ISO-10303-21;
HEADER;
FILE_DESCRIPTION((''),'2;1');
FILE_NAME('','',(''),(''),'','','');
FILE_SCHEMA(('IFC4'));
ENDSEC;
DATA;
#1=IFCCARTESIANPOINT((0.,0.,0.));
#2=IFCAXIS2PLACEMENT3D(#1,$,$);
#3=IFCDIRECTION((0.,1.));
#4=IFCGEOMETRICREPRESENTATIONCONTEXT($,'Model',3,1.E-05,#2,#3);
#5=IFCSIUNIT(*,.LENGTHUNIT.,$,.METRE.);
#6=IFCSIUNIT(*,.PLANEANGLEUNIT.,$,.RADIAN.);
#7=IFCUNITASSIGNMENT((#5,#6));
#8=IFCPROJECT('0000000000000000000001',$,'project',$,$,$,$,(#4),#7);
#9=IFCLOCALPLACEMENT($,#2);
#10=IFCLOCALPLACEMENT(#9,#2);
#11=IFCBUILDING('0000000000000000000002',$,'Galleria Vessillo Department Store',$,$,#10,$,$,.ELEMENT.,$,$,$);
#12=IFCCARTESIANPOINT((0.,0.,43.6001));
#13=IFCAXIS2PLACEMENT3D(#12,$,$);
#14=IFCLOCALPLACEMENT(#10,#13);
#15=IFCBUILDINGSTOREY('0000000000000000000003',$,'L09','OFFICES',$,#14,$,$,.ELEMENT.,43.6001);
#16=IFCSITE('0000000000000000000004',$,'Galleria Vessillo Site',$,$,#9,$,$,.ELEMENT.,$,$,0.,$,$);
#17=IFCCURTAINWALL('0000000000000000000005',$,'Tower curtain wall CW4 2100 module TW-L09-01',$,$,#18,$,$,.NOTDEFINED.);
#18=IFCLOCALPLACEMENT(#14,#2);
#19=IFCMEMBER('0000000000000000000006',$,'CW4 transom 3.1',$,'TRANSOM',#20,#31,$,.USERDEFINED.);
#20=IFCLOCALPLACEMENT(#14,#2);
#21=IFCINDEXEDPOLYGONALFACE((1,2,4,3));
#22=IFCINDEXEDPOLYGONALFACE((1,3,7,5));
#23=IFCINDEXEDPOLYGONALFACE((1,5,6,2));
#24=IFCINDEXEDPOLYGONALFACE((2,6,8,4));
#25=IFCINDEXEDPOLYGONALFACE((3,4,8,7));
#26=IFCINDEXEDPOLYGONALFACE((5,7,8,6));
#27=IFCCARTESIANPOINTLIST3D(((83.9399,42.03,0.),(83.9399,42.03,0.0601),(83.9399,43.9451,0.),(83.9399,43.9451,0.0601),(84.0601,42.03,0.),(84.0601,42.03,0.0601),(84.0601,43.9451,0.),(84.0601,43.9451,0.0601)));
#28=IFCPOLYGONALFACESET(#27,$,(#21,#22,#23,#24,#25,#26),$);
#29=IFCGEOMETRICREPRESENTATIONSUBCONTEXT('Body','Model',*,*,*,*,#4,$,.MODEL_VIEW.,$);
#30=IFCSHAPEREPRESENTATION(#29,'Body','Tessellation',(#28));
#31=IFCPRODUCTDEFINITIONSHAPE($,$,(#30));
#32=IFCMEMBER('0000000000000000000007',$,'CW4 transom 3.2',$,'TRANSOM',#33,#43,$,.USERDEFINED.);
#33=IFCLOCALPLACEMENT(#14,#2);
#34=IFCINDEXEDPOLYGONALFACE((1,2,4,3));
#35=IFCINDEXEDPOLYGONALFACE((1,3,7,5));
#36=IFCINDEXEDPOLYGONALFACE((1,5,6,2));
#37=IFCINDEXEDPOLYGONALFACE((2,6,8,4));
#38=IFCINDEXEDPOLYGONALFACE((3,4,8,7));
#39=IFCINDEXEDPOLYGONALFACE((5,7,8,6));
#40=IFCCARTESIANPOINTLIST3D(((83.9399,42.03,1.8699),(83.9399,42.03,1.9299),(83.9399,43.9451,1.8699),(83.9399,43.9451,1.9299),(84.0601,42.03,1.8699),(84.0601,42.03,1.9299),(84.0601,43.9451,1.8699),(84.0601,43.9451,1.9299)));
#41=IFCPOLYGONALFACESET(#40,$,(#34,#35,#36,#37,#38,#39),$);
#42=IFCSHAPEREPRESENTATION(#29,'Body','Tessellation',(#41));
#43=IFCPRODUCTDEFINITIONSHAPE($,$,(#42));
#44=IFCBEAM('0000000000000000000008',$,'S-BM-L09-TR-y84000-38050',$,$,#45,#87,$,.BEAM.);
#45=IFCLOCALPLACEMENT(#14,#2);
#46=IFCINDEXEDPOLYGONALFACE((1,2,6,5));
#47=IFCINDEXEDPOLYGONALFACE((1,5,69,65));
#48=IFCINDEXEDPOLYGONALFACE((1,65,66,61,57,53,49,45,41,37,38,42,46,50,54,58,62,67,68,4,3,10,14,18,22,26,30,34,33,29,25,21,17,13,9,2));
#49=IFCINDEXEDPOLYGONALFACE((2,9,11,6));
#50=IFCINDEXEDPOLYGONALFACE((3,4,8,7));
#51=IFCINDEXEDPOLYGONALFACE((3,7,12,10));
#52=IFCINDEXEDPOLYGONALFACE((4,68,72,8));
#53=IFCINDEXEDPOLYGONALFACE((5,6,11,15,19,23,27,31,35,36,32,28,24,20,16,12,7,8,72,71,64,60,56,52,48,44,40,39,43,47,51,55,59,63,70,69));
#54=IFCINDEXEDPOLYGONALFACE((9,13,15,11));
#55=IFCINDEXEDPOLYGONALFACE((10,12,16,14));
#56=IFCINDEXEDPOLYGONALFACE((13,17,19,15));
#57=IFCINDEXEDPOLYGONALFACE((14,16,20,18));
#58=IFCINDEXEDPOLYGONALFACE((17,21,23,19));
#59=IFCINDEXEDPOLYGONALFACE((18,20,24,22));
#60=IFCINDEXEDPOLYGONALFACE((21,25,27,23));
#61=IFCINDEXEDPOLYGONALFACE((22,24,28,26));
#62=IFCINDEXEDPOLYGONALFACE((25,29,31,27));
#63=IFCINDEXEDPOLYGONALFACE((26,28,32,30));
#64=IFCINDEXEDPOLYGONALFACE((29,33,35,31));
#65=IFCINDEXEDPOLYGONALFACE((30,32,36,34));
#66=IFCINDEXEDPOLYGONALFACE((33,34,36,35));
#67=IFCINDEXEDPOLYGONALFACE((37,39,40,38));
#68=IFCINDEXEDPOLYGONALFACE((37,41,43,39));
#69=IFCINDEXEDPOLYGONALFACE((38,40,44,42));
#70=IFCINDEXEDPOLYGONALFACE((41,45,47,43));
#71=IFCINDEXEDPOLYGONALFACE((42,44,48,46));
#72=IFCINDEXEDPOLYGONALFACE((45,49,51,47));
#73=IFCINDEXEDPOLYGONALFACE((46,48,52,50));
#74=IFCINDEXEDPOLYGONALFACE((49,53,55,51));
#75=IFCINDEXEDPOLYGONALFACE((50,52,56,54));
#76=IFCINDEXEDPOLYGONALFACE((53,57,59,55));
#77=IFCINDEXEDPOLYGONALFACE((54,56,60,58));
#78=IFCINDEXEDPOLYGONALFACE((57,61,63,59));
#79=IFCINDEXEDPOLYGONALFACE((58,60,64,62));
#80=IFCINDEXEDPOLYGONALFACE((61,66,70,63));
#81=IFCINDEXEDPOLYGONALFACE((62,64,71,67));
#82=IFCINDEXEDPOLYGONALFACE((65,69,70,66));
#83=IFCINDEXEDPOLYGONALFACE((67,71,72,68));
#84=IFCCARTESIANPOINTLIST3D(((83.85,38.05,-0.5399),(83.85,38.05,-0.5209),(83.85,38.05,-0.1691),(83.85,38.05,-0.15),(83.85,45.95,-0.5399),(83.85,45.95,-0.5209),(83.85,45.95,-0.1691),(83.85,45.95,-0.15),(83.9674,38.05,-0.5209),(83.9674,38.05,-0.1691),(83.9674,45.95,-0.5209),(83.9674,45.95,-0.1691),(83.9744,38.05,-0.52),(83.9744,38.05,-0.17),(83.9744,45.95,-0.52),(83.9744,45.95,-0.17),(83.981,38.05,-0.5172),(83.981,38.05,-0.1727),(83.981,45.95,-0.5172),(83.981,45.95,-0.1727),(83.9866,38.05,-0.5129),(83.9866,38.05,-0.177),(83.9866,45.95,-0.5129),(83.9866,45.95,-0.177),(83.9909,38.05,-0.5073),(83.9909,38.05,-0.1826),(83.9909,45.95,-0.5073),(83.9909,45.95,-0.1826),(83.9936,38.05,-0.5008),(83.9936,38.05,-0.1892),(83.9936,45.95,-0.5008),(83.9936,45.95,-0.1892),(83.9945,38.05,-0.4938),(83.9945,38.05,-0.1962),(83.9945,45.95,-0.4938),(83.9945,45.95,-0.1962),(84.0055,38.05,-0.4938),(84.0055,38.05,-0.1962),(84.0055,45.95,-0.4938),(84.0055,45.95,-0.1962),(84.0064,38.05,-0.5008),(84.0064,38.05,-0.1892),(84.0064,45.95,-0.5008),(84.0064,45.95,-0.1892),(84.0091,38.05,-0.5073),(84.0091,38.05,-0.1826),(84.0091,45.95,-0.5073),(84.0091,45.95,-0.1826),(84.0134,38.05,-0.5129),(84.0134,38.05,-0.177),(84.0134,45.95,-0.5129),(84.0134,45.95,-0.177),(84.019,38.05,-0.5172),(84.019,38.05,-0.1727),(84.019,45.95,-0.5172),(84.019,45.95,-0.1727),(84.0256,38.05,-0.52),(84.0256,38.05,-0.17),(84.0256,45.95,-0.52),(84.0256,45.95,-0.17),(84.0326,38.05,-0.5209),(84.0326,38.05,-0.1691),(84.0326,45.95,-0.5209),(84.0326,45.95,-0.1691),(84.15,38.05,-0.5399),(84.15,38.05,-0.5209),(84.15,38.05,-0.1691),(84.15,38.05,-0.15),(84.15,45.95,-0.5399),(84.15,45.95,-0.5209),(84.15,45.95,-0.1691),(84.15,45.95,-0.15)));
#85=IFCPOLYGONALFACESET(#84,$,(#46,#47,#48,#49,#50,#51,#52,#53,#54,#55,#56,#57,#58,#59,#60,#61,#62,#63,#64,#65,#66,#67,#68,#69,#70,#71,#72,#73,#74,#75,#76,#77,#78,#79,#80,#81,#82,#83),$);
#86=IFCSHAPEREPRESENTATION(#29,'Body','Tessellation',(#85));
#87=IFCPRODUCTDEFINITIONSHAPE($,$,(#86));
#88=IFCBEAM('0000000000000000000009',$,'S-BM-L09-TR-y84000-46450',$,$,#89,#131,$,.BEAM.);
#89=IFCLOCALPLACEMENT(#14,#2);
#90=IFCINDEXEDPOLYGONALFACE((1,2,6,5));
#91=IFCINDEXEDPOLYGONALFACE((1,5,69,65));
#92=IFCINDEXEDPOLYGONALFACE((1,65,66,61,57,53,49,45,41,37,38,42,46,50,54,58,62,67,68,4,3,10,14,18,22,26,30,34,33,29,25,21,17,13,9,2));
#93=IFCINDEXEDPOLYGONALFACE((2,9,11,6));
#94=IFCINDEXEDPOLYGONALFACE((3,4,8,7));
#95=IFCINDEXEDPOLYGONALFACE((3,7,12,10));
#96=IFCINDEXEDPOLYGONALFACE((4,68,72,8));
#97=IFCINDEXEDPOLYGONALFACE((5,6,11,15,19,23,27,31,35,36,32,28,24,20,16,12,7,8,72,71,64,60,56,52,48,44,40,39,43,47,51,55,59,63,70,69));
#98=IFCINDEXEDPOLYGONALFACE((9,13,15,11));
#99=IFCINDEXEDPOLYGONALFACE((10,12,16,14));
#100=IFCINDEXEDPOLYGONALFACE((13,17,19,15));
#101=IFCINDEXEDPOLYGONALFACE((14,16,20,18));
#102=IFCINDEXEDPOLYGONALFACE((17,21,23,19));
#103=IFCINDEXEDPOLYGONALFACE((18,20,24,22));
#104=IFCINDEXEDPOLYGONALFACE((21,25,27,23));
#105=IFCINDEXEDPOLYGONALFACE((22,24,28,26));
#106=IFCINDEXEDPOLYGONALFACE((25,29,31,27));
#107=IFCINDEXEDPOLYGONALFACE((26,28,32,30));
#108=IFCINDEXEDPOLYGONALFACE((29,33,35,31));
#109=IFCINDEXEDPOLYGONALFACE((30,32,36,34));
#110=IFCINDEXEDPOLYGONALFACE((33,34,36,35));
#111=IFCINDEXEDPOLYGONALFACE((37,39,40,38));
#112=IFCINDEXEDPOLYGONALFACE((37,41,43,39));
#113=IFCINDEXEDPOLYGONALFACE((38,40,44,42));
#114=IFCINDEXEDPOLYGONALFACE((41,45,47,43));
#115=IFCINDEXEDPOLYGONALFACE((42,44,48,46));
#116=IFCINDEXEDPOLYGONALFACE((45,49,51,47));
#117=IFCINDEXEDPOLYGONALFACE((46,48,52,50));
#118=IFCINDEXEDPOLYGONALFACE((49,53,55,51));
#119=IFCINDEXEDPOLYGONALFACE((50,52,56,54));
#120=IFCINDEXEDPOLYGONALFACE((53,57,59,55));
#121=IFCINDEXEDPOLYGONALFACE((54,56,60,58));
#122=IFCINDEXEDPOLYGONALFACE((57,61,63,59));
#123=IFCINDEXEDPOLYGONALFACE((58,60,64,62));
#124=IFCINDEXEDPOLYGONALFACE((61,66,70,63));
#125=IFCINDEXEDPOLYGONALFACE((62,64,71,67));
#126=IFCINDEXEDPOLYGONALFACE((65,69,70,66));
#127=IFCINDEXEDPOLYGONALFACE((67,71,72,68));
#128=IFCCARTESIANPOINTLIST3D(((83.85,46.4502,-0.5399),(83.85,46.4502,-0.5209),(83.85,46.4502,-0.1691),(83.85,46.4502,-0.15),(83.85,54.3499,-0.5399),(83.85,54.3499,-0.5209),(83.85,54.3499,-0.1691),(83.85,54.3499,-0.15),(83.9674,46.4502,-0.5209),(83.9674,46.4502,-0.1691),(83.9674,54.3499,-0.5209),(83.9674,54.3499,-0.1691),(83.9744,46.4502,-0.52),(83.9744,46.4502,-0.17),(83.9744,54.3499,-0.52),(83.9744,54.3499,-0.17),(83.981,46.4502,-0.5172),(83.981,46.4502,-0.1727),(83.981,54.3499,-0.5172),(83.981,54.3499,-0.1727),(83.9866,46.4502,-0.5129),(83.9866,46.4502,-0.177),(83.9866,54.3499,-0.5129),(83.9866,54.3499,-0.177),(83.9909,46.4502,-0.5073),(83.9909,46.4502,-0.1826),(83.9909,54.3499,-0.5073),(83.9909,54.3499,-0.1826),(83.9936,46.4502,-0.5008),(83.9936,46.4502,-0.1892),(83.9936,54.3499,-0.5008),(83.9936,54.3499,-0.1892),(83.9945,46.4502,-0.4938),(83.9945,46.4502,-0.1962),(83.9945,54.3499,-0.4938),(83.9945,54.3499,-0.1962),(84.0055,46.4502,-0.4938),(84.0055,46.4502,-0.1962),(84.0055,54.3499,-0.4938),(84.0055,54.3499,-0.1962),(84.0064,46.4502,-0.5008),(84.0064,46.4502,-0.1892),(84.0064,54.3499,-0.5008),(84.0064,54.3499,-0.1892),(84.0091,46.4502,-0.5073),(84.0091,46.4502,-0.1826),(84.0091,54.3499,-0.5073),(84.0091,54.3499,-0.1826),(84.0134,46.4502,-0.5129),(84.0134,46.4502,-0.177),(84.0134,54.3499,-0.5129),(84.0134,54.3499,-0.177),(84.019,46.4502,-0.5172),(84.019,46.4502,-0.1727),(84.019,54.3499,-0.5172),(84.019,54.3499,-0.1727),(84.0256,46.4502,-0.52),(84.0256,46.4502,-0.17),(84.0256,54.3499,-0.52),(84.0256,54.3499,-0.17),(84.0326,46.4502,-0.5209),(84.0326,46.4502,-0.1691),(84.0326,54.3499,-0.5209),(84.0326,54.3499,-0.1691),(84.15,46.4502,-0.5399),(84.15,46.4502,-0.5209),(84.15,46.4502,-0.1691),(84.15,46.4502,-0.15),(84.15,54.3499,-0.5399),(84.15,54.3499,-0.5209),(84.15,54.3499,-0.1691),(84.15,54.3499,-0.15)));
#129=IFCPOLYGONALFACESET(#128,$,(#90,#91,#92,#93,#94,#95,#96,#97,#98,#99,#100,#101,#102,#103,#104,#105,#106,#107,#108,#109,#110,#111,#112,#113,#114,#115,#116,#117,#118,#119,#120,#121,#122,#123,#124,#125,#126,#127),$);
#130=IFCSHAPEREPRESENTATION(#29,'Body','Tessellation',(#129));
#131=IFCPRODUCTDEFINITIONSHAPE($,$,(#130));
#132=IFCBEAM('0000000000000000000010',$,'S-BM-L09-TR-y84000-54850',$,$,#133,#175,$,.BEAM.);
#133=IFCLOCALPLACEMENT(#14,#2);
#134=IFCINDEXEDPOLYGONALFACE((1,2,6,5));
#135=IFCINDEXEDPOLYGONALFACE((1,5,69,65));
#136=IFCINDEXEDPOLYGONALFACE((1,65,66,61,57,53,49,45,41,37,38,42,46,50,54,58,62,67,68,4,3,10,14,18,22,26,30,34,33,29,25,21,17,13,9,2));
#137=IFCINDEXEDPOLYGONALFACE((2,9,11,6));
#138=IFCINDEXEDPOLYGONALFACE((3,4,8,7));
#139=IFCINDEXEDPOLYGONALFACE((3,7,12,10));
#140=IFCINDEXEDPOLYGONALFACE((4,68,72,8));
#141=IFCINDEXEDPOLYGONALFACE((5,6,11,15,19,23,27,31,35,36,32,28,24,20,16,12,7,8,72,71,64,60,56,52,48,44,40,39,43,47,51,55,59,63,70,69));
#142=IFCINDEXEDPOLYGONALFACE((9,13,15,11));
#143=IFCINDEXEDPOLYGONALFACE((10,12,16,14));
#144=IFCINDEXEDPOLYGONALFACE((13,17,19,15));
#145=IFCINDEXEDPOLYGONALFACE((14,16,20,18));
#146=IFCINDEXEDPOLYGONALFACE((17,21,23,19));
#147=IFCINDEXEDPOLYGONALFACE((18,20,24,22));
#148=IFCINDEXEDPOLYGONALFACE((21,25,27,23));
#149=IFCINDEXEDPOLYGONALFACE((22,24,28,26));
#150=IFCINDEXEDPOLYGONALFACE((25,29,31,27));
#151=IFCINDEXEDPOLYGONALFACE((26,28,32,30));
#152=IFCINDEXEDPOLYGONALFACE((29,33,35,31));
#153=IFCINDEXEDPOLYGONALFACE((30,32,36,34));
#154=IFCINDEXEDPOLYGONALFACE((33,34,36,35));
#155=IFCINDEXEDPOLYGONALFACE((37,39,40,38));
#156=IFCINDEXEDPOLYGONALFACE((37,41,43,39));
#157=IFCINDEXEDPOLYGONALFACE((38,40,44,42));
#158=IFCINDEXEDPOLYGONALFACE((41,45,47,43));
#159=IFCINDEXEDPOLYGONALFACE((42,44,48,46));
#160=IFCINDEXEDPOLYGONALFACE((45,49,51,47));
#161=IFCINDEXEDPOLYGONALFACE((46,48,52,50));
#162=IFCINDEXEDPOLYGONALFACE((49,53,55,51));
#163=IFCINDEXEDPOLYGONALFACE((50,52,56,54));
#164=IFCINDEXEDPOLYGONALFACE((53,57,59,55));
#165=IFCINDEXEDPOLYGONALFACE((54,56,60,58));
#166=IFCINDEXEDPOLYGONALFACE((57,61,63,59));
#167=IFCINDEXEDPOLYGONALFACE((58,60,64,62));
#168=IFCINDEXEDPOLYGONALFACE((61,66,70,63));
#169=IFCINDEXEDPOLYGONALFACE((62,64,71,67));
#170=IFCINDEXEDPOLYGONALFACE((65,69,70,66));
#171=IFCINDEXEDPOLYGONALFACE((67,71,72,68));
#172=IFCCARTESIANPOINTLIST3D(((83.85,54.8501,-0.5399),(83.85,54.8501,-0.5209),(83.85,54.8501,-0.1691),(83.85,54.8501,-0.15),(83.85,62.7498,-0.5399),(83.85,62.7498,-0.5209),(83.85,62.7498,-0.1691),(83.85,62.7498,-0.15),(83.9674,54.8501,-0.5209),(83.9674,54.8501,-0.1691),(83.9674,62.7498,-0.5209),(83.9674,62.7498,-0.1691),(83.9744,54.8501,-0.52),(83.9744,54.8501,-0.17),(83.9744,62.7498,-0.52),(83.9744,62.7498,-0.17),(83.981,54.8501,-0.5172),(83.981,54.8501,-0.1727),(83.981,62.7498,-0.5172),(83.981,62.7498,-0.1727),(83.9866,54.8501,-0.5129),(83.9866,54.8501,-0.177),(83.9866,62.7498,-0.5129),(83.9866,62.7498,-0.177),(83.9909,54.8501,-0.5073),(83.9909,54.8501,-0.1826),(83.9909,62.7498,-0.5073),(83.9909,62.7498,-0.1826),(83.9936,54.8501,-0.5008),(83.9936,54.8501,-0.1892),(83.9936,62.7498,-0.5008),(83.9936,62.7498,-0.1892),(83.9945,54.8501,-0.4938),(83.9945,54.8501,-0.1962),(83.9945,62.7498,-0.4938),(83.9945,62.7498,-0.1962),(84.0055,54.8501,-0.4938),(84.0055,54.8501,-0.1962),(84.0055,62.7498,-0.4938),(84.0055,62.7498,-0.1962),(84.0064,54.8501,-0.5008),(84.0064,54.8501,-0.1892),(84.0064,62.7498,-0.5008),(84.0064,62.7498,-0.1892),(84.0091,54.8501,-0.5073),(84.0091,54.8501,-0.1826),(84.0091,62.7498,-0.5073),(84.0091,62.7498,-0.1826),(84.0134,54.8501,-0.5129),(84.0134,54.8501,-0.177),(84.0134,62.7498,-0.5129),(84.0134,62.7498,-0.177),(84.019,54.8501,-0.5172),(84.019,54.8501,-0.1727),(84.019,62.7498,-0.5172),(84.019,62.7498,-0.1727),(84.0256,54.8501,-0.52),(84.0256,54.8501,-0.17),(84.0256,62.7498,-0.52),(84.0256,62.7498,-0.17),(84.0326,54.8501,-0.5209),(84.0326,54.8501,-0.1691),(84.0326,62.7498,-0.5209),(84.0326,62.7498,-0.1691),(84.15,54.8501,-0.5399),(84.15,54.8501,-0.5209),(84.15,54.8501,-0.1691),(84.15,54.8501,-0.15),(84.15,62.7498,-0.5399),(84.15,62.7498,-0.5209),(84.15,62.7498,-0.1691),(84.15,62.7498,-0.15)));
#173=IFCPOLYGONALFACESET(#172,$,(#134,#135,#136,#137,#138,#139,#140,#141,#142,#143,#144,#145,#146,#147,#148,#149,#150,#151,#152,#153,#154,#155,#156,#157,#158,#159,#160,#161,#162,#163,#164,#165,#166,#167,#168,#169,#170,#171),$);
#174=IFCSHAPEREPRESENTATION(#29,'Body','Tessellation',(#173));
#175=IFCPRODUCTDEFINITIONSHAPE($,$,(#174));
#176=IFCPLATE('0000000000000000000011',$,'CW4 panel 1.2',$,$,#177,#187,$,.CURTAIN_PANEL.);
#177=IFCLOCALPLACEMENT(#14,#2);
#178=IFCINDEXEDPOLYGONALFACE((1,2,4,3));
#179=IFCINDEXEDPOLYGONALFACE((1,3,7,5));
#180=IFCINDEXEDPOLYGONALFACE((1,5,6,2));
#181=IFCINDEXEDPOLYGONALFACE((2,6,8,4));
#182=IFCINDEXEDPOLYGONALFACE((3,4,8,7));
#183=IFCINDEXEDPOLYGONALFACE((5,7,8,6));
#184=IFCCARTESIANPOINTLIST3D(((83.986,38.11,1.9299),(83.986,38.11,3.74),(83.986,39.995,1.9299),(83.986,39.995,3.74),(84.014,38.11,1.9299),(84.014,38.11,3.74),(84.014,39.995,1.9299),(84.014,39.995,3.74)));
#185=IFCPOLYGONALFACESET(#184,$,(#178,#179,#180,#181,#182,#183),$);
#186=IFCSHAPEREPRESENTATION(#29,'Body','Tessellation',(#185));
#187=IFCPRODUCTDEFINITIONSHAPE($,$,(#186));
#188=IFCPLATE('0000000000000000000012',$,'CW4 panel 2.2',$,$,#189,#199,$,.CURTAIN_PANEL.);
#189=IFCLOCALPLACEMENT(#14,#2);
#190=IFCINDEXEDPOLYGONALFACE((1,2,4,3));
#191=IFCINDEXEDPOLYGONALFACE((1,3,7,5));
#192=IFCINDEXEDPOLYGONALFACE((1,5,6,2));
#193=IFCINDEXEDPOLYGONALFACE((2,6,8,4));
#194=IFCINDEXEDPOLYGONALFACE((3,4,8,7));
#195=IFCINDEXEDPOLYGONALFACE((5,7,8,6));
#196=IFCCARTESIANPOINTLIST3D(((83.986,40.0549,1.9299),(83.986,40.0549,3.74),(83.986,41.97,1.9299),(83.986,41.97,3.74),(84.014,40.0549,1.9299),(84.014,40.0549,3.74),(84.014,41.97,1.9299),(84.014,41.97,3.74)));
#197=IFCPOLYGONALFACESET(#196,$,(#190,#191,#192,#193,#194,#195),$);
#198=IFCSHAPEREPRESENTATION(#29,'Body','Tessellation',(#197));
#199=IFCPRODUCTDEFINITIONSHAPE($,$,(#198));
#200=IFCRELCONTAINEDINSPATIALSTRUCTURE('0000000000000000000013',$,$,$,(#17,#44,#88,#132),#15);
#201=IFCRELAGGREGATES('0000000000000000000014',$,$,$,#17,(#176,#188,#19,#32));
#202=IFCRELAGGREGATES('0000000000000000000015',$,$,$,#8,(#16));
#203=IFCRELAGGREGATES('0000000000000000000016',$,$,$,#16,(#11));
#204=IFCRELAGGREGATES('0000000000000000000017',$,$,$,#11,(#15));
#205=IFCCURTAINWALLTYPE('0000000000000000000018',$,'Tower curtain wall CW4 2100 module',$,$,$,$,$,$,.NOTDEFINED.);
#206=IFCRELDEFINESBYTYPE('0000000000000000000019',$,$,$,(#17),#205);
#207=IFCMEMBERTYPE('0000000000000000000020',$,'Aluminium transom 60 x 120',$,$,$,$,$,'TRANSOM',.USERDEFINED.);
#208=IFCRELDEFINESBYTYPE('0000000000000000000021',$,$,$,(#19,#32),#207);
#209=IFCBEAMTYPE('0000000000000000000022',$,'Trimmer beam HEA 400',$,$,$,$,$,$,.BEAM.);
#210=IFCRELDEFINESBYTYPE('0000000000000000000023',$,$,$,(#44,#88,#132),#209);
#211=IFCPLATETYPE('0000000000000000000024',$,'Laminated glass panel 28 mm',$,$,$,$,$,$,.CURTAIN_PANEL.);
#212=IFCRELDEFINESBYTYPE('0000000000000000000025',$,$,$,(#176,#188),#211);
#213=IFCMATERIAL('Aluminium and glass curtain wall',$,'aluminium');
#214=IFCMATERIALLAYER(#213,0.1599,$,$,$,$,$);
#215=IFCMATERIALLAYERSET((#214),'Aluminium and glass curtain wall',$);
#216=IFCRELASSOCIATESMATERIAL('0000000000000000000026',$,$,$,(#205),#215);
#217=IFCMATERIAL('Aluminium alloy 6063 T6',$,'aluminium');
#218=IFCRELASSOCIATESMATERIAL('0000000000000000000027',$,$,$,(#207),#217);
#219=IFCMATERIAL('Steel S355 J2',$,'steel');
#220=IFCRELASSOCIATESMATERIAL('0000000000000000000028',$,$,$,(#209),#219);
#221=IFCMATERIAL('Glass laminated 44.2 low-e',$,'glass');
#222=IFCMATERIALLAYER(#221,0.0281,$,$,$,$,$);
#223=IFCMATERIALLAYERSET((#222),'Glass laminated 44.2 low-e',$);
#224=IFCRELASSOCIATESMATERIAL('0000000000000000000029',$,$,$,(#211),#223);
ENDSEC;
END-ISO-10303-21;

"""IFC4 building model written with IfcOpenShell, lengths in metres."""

from ifc_helpers import new_model, si_unit, direction, frame, origin, origin_2d, place, context, subcontext, project, spatial, rectangle, i_section, extrude, material, layer, layer_set, material_profile, profile_set, type_object, element, aggregate, save


model = new_model("IFC4")

# Units and contexts
model_context = context("Model", 3, precision=1e-05, world=origin(), true_north=direction((0.0, 1.0)))
body_context = subcontext(model_context, "Body", "Model", "MODEL_VIEW")
ifc_project = project(units=[si_unit("LENGTHUNIT", "METRE"), si_unit("PLANEANGLEUNIT", "RADIAN")], contexts=[model_context])

# Site, building, storey
site_placement = place(None, origin())
site = spatial("IfcSite", under=ifc_project, at=site_placement, Name="Galleria Vessillo Site", CompositionType="ELEMENT", RefElevation=0.0)
building_placement = place(site_placement, origin())
building = spatial("IfcBuilding", under=site, at=building_placement, Name="Galleria Vessillo Department Store", CompositionType="ELEMENT")
storey_placement = place(building_placement, frame((0.0, 0.0, 43.6001)))
storey = spatial("IfcBuildingStorey", under=building, at=storey_placement, Name="L09", Description="OFFICES", CompositionType="ELEMENT", Elevation=43.6001)

# Curtain wall, members
ifc_material_1 = material(Name="Aluminium and glass curtain wall", Category="aluminium")
ifc_layer_1 = layer(ifc_material_1, 0.1599)
ifc_layer_set_1 = layer_set([ifc_layer_1], Name="Aluminium and glass curtain wall")
curtain_wall_type = type_object("IfcCurtainWallType", Name="Tower curtain wall CW4 2100 module", PredefinedType="NOTDEFINED", material=ifc_layer_set_1)
curtain_wall_placement = place(storey_placement, origin())
curtain_wall = element("IfcCurtainWall", 1, at=curtain_wall_placement, inside=storey, type_object=curtain_wall_type, Name="Tower curtain wall CW4 2100 module TW-L09-01", PredefinedType="NOTDEFINED")
ifc_material_2 = material(Name="Aluminium alloy 6063 T6", Category="aluminium")
ifc_material_profile_1 = material_profile(ifc_material_2, rectangle(XDim=0.1201, YDim=0.0601, at=origin_2d()), Name="AL 60x120")
ifc_profile_set_1 = profile_set([ifc_material_profile_1], Name="Aluminium alloy 6063 T6")
member_type_1 = type_object("IfcMemberType", Name="Aluminium transom 60 x 120", ElementType="TRANSOM", PredefinedType="USERDEFINED", material=ifc_profile_set_1)
member_1_placement = place(storey_placement, frame((84.0, 42.03, 0.03), z_axis=(0.0, 1.0, 0.0), x_axis=(-1.0, 0.0, 0.0)))
member_1 = element("IfcMember", 2, at=member_1_placement, type_object=member_type_1, Name="CW4 transom 3.1", ObjectType="TRANSOM", PredefinedType="USERDEFINED", context=body_context, shape_type="SweptSolid", body=[
    extrude(rectangle(XDim=0.1201, YDim=0.0601, at=origin_2d()), origin(), (0.0, 0.0, 1.0), 1.915),
])
member_2_placement = place(storey_placement, frame((84.0, 42.03, 1.8999), z_axis=(0.0, 1.0, 0.0), x_axis=(-1.0, 0.0, 0.0)))
member_2 = element("IfcMember", 3, at=member_2_placement, type_object=member_type_1, Name="CW4 transom 3.2", ObjectType="TRANSOM", PredefinedType="USERDEFINED", context=body_context, shape_type="SweptSolid", body=[
    extrude(rectangle(XDim=0.1201, YDim=0.0601, at=origin_2d()), origin(), (0.0, 0.0, 1.0), 1.915),
])

# Beams
ifc_material_3 = material(Name="Steel S355 J2", Category="steel")
ifc_material_profile_2 = material_profile(ifc_material_3, i_section(OverallWidth=0.3, OverallDepth=0.3899, WebThickness=0.011, FlangeThickness=0.019, FilletRadius=0.0271, at=origin_2d()), Name="HEA 400")
ifc_profile_set_2 = profile_set([ifc_material_profile_2], Name="Steel S355 J2")
beam_type = type_object("IfcBeamType", Name="Trimmer beam HEA 400", PredefinedType="BEAM", material=ifc_profile_set_2)
beam_placement = place(storey_placement, frame((84.0, 38.05, -0.345), z_axis=(0.0, 1.0, 0.0), x_axis=(-1.0, 0.0, 0.0)))
element("IfcBeam", 4, at=beam_placement, inside=storey, type_object=beam_type, Name="S-BM-L09-TR-y84000-38050", PredefinedType="BEAM", context=body_context, shape_type="SweptSolid", body=[
    extrude(i_section(OverallWidth=0.3, OverallDepth=0.3899, WebThickness=0.011, FlangeThickness=0.019, FilletRadius=0.0271, at=origin_2d()), origin(), (0.0, 0.0, 1.0), 7.8999),
])
for number, where, z_axis, x_axis, name in (
    (5, (84.0, 46.4502, -0.345), (0.0, 1.0, 0.0), (-1.0, 0.0, 0.0), "S-BM-L09-TR-y84000-46450"),
    (6, (84.0, 54.8501, -0.345), (0.0, 1.0, 0.0), (-1.0, 0.0, 0.0), "S-BM-L09-TR-y84000-54850"),
):
    element("IfcBeam", number, at=place(storey_placement, frame(where, z_axis=z_axis, x_axis=x_axis)), inside=storey, type_object=beam_type, Name=name, PredefinedType="BEAM", context=body_context, shape_type="SweptSolid", body=[
        extrude(i_section(OverallWidth=0.3, OverallDepth=0.3899, WebThickness=0.011, FlangeThickness=0.019, FilletRadius=0.0271, at=origin_2d()), origin(), (0.0, 0.0, 1.0), 7.8997),
    ])

# Plates
ifc_material_4 = material(Name="Glass laminated 44.2 low-e", Category="glass")
ifc_layer_2 = layer(ifc_material_4, 0.0281)
ifc_layer_set_2 = layer_set([ifc_layer_2], Name="Glass laminated 44.2 low-e")
plate_type_1 = type_object("IfcPlateType", Name="Laminated glass panel 28 mm", PredefinedType="CURTAIN_PANEL", material=ifc_layer_set_2)
plate_1_placement = place(storey_placement, frame((84.0, 39.0525, 1.9299), z_axis=(0.0, 0.0, 1.0), x_axis=(0.0, 1.0, 0.0)))
plate_1 = element("IfcPlate", 7, at=plate_1_placement, type_object=plate_type_1, Name="CW4 panel 1.2", PredefinedType="CURTAIN_PANEL", context=body_context, shape_type="SweptSolid", body=[
    extrude(rectangle(XDim=1.885, YDim=0.0281, at=origin_2d()), origin(), (0.0, 0.0, 1.0), 1.8101),
])
plate_2_placement = place(storey_placement, frame((84.0, 41.0125, 1.9299), z_axis=(0.0, 0.0, 1.0), x_axis=(0.0, 1.0, 0.0)))
plate_2 = element("IfcPlate", 8, at=plate_2_placement, type_object=plate_type_1, Name="CW4 panel 2.2", PredefinedType="CURTAIN_PANEL", context=body_context, shape_type="SweptSolid", body=[
    extrude(rectangle(XDim=1.915, YDim=0.0281, at=origin_2d()), origin(), (0.0, 0.0, 1.0), 1.8101),
])
aggregate(curtain_wall, [plate_1, plate_2, member_1, member_2])

save(model, "model.ifc")
